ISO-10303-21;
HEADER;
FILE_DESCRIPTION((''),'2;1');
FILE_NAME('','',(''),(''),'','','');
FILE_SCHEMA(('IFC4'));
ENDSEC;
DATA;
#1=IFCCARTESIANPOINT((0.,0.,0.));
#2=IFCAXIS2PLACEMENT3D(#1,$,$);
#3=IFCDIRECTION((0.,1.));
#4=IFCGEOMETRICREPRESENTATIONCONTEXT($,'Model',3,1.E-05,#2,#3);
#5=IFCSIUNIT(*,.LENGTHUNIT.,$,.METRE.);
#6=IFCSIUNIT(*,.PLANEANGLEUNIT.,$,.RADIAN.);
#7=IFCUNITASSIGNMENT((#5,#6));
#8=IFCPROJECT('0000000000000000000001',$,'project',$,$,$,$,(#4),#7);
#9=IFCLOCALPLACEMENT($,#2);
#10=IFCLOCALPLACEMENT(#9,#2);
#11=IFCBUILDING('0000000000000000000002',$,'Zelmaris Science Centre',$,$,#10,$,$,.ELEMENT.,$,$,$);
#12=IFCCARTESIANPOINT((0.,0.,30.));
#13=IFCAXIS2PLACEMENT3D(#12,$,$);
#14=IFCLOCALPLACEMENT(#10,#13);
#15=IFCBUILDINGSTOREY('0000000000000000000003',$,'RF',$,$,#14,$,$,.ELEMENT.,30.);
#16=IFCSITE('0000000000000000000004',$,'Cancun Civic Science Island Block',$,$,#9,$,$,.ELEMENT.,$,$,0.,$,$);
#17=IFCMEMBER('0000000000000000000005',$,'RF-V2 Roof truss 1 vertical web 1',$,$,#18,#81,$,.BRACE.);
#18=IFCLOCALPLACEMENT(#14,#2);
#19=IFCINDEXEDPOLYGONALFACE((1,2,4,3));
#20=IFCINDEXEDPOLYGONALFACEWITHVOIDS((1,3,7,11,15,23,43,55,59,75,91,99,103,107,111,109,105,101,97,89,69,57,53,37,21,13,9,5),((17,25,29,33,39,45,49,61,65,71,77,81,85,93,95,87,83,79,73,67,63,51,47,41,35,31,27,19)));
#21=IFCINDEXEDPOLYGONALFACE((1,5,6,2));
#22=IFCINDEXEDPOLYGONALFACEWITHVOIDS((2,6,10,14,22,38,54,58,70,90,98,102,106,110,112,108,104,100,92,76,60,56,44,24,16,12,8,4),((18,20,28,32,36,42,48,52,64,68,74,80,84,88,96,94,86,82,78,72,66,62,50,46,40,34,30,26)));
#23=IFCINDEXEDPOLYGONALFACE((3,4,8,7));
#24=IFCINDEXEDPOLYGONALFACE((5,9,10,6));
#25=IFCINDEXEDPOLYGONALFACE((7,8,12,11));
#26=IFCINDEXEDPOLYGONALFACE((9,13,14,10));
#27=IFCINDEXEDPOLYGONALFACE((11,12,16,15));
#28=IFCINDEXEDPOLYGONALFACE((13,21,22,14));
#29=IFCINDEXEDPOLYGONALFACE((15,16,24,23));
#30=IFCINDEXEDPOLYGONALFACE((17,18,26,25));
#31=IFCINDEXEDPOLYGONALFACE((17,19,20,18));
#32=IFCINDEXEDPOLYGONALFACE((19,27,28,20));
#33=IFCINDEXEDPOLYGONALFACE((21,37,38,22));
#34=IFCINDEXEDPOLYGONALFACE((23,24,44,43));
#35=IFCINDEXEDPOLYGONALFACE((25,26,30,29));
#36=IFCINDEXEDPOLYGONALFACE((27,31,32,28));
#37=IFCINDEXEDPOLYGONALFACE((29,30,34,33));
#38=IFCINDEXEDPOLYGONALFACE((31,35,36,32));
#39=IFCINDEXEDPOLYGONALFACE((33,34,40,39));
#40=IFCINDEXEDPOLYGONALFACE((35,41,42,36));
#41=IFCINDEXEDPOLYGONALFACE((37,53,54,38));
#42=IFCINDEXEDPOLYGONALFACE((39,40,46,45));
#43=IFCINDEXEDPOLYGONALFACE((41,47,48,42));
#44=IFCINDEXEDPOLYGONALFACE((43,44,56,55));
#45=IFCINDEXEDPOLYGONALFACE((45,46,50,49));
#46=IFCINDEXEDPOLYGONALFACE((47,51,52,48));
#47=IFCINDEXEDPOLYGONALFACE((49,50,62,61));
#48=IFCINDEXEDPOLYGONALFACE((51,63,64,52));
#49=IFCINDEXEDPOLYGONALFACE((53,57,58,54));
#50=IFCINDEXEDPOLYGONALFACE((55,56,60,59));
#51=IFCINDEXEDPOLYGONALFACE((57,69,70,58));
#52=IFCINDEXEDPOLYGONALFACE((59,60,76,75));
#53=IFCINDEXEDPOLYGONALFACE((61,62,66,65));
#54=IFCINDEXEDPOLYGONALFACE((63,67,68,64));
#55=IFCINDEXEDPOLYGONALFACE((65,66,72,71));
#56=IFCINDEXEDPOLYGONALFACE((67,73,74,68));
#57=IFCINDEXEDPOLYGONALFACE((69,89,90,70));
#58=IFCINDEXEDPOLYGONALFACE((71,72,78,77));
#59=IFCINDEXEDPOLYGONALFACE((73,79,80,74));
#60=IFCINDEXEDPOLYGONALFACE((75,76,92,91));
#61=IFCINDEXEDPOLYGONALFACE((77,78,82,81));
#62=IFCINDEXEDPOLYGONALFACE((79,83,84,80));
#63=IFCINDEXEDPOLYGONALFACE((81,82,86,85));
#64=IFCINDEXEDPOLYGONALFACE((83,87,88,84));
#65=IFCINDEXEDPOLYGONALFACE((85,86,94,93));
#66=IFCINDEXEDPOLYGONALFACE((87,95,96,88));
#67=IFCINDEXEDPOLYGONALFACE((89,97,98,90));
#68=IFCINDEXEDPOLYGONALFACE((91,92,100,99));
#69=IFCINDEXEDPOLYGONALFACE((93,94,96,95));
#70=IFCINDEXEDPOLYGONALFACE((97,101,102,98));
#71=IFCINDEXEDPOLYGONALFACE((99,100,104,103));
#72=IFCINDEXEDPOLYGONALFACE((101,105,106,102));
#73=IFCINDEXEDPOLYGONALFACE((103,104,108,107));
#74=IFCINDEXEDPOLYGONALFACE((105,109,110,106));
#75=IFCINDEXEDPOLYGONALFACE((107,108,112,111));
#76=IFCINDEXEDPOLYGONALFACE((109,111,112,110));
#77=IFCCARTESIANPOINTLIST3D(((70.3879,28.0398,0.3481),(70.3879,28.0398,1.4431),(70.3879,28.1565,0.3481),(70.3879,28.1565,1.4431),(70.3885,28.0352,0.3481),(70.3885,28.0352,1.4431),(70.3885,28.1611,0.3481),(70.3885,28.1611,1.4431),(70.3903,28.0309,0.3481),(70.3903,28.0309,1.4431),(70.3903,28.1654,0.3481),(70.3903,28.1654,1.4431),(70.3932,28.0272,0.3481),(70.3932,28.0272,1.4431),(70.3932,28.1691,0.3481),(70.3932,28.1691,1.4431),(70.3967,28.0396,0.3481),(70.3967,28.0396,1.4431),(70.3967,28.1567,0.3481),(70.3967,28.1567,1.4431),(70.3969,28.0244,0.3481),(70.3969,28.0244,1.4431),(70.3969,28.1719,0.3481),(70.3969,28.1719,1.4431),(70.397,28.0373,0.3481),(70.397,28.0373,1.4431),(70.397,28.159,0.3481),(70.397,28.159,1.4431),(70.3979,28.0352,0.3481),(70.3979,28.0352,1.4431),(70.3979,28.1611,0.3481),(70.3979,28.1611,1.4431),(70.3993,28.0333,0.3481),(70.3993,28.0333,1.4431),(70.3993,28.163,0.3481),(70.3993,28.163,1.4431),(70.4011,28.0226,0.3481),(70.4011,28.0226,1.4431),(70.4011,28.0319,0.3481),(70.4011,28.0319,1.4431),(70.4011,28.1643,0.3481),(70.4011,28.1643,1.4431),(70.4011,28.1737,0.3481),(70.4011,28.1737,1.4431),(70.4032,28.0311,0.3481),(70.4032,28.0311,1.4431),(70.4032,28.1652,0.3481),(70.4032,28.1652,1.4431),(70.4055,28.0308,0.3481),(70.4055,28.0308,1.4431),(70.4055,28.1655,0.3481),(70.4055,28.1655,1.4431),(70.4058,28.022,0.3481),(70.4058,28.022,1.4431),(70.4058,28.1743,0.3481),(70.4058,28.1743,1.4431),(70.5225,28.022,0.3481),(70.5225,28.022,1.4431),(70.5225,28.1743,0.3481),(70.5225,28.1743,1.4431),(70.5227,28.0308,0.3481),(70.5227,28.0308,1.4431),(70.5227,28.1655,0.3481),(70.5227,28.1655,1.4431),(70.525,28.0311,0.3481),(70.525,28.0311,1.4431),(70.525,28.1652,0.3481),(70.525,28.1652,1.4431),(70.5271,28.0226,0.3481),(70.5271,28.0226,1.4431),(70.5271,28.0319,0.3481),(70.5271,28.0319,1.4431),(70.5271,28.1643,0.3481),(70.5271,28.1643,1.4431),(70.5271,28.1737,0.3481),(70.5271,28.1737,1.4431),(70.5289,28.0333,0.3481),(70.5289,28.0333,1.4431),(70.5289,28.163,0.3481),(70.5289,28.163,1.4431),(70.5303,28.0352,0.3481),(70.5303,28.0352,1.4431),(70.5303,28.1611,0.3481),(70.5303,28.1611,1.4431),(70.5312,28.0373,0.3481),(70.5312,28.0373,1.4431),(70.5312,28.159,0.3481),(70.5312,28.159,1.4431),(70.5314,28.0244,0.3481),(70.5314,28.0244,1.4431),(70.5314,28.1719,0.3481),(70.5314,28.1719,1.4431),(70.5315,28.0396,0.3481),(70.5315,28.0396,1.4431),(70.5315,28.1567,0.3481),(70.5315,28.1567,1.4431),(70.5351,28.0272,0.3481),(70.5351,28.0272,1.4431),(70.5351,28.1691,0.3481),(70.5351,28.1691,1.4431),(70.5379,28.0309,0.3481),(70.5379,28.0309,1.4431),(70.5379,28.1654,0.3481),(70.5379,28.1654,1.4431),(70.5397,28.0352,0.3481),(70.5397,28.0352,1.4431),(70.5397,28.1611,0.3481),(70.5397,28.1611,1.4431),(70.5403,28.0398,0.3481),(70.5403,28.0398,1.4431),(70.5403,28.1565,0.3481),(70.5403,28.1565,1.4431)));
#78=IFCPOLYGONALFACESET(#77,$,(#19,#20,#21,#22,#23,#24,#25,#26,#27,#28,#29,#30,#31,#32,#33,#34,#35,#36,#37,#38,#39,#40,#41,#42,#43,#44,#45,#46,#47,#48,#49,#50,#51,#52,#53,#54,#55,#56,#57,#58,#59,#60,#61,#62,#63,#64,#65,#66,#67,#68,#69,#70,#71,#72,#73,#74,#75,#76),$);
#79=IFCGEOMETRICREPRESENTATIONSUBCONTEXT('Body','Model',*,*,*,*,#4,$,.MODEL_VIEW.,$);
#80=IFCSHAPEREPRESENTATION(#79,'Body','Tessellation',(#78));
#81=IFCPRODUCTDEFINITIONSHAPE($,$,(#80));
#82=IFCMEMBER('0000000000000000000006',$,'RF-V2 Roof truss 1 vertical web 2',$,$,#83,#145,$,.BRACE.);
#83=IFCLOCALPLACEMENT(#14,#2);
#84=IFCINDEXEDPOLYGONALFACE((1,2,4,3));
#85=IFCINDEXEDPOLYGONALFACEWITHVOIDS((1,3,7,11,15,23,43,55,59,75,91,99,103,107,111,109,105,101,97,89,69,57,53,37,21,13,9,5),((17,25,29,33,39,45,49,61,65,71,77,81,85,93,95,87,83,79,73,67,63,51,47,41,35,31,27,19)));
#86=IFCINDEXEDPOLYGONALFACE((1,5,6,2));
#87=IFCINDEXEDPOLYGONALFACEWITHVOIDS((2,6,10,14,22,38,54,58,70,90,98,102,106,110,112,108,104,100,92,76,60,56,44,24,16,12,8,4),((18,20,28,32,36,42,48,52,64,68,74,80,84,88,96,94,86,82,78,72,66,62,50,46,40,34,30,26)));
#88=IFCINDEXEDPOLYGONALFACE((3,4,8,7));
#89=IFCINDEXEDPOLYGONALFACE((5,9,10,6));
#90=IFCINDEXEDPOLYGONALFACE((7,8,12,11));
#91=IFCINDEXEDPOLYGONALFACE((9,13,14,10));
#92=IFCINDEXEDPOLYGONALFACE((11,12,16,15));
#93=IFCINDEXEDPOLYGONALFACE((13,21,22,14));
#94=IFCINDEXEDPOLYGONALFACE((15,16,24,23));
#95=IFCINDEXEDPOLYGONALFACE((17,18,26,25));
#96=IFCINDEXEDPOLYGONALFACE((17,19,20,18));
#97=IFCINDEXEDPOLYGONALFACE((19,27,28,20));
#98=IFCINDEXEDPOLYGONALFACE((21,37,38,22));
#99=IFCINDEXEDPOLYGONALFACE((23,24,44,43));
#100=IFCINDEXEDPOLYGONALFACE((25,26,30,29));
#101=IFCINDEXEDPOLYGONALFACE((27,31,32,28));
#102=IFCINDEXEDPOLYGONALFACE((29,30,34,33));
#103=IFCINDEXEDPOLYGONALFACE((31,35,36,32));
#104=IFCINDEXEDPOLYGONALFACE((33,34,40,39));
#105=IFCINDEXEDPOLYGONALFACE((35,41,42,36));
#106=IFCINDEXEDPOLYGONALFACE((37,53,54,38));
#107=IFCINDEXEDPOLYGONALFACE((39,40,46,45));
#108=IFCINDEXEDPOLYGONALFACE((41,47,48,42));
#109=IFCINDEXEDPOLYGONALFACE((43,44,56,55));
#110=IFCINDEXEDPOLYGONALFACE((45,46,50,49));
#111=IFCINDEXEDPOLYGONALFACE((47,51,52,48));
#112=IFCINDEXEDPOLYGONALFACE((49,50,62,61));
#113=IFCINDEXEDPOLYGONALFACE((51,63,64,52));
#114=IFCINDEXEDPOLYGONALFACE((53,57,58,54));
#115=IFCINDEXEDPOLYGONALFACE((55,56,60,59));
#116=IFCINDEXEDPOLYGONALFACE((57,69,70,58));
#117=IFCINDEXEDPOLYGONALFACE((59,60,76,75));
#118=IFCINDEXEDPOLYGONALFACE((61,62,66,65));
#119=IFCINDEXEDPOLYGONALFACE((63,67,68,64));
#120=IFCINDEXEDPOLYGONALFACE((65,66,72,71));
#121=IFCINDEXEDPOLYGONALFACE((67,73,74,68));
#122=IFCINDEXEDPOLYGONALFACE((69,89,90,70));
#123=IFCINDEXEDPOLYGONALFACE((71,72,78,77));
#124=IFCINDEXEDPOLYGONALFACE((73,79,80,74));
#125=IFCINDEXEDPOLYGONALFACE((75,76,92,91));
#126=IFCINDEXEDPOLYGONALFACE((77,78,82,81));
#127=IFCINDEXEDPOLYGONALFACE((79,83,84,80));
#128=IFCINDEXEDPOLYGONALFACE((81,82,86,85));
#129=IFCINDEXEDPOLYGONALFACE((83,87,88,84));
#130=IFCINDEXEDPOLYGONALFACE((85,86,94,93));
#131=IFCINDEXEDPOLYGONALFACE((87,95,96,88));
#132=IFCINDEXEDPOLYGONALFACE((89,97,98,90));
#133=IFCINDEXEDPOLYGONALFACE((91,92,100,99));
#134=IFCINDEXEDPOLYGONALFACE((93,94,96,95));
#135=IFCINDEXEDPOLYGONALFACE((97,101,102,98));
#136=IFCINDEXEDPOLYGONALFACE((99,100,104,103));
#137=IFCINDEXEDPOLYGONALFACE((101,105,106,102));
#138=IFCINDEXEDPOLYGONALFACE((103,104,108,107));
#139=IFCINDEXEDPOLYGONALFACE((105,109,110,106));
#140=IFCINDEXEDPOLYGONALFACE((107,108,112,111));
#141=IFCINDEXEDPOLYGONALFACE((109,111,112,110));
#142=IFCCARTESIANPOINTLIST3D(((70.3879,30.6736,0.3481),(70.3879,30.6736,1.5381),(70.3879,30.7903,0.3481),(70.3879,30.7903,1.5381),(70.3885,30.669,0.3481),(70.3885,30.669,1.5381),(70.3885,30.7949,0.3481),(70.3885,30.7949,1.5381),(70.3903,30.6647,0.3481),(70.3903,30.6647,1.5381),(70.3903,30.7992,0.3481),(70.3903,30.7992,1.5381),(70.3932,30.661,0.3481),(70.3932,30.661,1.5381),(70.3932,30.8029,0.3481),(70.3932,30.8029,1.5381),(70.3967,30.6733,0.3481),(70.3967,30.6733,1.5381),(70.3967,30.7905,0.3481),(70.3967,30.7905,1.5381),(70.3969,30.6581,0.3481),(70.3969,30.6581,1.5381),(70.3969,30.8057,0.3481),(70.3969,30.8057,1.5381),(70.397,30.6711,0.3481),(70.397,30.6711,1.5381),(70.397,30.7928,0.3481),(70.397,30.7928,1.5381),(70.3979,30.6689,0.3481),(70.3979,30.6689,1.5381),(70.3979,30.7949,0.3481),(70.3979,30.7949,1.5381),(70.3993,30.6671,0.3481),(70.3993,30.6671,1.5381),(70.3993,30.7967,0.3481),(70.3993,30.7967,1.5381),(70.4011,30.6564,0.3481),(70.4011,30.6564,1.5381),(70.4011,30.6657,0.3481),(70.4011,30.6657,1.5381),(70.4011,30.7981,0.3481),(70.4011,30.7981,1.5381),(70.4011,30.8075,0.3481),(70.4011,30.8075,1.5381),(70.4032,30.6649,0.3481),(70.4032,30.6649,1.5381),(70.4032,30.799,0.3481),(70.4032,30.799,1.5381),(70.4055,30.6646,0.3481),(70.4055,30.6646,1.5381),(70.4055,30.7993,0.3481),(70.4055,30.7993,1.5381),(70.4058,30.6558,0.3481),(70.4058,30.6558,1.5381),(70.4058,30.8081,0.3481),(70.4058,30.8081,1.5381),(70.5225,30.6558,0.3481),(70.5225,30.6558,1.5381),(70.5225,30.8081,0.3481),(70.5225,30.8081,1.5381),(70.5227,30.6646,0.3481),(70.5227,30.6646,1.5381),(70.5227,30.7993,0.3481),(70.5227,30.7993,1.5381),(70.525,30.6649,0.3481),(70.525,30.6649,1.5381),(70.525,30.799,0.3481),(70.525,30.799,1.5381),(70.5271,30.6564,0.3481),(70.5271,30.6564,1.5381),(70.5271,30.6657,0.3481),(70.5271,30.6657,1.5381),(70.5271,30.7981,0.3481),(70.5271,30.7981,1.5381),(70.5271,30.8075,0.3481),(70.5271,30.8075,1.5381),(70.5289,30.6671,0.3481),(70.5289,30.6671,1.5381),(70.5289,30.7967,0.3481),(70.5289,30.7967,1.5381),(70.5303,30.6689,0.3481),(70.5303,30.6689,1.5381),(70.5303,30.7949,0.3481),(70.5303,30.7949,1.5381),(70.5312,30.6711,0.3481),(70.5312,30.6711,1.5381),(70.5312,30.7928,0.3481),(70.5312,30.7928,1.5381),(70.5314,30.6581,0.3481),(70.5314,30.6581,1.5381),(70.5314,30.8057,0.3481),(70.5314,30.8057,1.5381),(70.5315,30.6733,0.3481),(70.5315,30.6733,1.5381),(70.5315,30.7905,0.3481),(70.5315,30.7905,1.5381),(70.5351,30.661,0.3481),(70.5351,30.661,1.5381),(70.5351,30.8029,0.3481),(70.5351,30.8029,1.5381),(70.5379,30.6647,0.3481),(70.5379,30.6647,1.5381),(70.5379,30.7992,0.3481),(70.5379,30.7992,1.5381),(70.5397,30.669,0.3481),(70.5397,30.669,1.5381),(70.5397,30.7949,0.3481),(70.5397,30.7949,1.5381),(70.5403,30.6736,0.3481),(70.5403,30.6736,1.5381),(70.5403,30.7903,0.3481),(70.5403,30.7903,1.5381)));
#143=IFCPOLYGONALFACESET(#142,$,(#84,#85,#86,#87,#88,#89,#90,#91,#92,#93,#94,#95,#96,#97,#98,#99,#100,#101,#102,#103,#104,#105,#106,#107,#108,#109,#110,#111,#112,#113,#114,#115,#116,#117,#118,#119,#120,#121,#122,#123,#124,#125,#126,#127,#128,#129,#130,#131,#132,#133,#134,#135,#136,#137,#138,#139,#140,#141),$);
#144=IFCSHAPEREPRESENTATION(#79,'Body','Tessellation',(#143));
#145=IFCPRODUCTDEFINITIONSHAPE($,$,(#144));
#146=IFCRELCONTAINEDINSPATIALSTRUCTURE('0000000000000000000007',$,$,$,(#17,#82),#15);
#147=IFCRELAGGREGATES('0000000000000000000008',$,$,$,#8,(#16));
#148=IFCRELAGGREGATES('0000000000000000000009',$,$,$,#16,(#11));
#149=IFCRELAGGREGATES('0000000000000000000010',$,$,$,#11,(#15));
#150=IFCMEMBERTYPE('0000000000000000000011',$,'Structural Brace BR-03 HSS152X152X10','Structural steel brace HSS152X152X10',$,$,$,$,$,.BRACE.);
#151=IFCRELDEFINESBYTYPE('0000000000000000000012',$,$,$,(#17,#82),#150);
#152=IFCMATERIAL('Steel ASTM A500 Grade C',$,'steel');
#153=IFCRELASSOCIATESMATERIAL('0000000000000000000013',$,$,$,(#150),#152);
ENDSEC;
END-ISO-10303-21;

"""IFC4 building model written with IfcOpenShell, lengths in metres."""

from ifc_helpers import new_model, si_unit, direction, frame, origin, origin_2d, place, context, subcontext, project, spatial, hollow_rectangle, extrude, material, material_profile, profile_set, type_object, element, save


model = new_model("IFC4")

# Units and contexts
model_context = context("Model", 3, precision=1e-05, world=origin(), true_north=direction((0.0, 1.0)))
body_context = subcontext(model_context, "Body", "Model", "MODEL_VIEW")
ifc_project = project(units=[si_unit("LENGTHUNIT", "METRE"), si_unit("PLANEANGLEUNIT", "RADIAN")], contexts=[model_context])

# Site, building, storey
site_placement = place(None, origin())
site = spatial("IfcSite", under=ifc_project, at=site_placement, Name="Cancun Civic Science Island Block", CompositionType="ELEMENT", RefElevation=0.0)
building_placement = place(site_placement, origin())
building = spatial("IfcBuilding", under=site, at=building_placement, Name="Zelmaris Science Centre", CompositionType="ELEMENT")
storey_placement = place(building_placement, frame((0.0, 0.0, 30.0)))
storey = spatial("IfcBuildingStorey", under=building, at=storey_placement, Name="RF", CompositionType="ELEMENT", Elevation=30.0)

# Shared definitions
ifc_material_1 = material(Name="Steel ASTM A500 Grade C", Category="steel")

# Members
ifc_material_profile_1 = material_profile(ifc_material_1, hollow_rectangle(XDim=0.1523, YDim=0.1523, WallThickness=0.0088, InnerFilletRadius=0.0088, OuterFilletRadius=0.0178, at=origin_2d()), Name="HSS152X152X10")
ifc_profile_set_1 = profile_set([ifc_material_profile_1], Name="Steel ASTM A500 Grade C")
member_type_1 = type_object("IfcMemberType", Name="Structural Brace BR-03 HSS152X152X10", Description="Structural steel brace HSS152X152X10", PredefinedType="BRACE", material=ifc_profile_set_1)
member_1_placement = place(storey_placement, frame((70.4641, 28.0981, 0.3481), z_axis=(0.0, 0.0, 1.0), x_axis=(1.0, 0.0, 0.0)))
element("IfcMember", 1, at=member_1_placement, inside=storey, type_object=member_type_1, Name="RF-V2 Roof truss 1 vertical web 1", PredefinedType="BRACE", context=body_context, shape_type="SweptSolid", body=[
    extrude(hollow_rectangle(XDim=0.1523, YDim=0.1523, WallThickness=0.0088, InnerFilletRadius=0.0088, OuterFilletRadius=0.0178, at=origin_2d()), origin(), (0.0, 0.0, 1.0), 1.095),
])
member_2_placement = place(storey_placement, frame((70.4641, 30.7319, 0.3481), z_axis=(0.0, 0.0, 1.0), x_axis=(1.0, 0.0, 0.0)))
element("IfcMember", 2, at=member_2_placement, inside=storey, type_object=member_type_1, Name="RF-V2 Roof truss 1 vertical web 2", PredefinedType="BRACE", context=body_context, shape_type="SweptSolid", body=[
    extrude(hollow_rectangle(XDim=0.1523, YDim=0.1523, WallThickness=0.0088, InnerFilletRadius=0.0088, OuterFilletRadius=0.0178, at=origin_2d()), origin(), (0.0, 0.0, 1.0), 1.1899),
])

save(model, "model.ifc")
